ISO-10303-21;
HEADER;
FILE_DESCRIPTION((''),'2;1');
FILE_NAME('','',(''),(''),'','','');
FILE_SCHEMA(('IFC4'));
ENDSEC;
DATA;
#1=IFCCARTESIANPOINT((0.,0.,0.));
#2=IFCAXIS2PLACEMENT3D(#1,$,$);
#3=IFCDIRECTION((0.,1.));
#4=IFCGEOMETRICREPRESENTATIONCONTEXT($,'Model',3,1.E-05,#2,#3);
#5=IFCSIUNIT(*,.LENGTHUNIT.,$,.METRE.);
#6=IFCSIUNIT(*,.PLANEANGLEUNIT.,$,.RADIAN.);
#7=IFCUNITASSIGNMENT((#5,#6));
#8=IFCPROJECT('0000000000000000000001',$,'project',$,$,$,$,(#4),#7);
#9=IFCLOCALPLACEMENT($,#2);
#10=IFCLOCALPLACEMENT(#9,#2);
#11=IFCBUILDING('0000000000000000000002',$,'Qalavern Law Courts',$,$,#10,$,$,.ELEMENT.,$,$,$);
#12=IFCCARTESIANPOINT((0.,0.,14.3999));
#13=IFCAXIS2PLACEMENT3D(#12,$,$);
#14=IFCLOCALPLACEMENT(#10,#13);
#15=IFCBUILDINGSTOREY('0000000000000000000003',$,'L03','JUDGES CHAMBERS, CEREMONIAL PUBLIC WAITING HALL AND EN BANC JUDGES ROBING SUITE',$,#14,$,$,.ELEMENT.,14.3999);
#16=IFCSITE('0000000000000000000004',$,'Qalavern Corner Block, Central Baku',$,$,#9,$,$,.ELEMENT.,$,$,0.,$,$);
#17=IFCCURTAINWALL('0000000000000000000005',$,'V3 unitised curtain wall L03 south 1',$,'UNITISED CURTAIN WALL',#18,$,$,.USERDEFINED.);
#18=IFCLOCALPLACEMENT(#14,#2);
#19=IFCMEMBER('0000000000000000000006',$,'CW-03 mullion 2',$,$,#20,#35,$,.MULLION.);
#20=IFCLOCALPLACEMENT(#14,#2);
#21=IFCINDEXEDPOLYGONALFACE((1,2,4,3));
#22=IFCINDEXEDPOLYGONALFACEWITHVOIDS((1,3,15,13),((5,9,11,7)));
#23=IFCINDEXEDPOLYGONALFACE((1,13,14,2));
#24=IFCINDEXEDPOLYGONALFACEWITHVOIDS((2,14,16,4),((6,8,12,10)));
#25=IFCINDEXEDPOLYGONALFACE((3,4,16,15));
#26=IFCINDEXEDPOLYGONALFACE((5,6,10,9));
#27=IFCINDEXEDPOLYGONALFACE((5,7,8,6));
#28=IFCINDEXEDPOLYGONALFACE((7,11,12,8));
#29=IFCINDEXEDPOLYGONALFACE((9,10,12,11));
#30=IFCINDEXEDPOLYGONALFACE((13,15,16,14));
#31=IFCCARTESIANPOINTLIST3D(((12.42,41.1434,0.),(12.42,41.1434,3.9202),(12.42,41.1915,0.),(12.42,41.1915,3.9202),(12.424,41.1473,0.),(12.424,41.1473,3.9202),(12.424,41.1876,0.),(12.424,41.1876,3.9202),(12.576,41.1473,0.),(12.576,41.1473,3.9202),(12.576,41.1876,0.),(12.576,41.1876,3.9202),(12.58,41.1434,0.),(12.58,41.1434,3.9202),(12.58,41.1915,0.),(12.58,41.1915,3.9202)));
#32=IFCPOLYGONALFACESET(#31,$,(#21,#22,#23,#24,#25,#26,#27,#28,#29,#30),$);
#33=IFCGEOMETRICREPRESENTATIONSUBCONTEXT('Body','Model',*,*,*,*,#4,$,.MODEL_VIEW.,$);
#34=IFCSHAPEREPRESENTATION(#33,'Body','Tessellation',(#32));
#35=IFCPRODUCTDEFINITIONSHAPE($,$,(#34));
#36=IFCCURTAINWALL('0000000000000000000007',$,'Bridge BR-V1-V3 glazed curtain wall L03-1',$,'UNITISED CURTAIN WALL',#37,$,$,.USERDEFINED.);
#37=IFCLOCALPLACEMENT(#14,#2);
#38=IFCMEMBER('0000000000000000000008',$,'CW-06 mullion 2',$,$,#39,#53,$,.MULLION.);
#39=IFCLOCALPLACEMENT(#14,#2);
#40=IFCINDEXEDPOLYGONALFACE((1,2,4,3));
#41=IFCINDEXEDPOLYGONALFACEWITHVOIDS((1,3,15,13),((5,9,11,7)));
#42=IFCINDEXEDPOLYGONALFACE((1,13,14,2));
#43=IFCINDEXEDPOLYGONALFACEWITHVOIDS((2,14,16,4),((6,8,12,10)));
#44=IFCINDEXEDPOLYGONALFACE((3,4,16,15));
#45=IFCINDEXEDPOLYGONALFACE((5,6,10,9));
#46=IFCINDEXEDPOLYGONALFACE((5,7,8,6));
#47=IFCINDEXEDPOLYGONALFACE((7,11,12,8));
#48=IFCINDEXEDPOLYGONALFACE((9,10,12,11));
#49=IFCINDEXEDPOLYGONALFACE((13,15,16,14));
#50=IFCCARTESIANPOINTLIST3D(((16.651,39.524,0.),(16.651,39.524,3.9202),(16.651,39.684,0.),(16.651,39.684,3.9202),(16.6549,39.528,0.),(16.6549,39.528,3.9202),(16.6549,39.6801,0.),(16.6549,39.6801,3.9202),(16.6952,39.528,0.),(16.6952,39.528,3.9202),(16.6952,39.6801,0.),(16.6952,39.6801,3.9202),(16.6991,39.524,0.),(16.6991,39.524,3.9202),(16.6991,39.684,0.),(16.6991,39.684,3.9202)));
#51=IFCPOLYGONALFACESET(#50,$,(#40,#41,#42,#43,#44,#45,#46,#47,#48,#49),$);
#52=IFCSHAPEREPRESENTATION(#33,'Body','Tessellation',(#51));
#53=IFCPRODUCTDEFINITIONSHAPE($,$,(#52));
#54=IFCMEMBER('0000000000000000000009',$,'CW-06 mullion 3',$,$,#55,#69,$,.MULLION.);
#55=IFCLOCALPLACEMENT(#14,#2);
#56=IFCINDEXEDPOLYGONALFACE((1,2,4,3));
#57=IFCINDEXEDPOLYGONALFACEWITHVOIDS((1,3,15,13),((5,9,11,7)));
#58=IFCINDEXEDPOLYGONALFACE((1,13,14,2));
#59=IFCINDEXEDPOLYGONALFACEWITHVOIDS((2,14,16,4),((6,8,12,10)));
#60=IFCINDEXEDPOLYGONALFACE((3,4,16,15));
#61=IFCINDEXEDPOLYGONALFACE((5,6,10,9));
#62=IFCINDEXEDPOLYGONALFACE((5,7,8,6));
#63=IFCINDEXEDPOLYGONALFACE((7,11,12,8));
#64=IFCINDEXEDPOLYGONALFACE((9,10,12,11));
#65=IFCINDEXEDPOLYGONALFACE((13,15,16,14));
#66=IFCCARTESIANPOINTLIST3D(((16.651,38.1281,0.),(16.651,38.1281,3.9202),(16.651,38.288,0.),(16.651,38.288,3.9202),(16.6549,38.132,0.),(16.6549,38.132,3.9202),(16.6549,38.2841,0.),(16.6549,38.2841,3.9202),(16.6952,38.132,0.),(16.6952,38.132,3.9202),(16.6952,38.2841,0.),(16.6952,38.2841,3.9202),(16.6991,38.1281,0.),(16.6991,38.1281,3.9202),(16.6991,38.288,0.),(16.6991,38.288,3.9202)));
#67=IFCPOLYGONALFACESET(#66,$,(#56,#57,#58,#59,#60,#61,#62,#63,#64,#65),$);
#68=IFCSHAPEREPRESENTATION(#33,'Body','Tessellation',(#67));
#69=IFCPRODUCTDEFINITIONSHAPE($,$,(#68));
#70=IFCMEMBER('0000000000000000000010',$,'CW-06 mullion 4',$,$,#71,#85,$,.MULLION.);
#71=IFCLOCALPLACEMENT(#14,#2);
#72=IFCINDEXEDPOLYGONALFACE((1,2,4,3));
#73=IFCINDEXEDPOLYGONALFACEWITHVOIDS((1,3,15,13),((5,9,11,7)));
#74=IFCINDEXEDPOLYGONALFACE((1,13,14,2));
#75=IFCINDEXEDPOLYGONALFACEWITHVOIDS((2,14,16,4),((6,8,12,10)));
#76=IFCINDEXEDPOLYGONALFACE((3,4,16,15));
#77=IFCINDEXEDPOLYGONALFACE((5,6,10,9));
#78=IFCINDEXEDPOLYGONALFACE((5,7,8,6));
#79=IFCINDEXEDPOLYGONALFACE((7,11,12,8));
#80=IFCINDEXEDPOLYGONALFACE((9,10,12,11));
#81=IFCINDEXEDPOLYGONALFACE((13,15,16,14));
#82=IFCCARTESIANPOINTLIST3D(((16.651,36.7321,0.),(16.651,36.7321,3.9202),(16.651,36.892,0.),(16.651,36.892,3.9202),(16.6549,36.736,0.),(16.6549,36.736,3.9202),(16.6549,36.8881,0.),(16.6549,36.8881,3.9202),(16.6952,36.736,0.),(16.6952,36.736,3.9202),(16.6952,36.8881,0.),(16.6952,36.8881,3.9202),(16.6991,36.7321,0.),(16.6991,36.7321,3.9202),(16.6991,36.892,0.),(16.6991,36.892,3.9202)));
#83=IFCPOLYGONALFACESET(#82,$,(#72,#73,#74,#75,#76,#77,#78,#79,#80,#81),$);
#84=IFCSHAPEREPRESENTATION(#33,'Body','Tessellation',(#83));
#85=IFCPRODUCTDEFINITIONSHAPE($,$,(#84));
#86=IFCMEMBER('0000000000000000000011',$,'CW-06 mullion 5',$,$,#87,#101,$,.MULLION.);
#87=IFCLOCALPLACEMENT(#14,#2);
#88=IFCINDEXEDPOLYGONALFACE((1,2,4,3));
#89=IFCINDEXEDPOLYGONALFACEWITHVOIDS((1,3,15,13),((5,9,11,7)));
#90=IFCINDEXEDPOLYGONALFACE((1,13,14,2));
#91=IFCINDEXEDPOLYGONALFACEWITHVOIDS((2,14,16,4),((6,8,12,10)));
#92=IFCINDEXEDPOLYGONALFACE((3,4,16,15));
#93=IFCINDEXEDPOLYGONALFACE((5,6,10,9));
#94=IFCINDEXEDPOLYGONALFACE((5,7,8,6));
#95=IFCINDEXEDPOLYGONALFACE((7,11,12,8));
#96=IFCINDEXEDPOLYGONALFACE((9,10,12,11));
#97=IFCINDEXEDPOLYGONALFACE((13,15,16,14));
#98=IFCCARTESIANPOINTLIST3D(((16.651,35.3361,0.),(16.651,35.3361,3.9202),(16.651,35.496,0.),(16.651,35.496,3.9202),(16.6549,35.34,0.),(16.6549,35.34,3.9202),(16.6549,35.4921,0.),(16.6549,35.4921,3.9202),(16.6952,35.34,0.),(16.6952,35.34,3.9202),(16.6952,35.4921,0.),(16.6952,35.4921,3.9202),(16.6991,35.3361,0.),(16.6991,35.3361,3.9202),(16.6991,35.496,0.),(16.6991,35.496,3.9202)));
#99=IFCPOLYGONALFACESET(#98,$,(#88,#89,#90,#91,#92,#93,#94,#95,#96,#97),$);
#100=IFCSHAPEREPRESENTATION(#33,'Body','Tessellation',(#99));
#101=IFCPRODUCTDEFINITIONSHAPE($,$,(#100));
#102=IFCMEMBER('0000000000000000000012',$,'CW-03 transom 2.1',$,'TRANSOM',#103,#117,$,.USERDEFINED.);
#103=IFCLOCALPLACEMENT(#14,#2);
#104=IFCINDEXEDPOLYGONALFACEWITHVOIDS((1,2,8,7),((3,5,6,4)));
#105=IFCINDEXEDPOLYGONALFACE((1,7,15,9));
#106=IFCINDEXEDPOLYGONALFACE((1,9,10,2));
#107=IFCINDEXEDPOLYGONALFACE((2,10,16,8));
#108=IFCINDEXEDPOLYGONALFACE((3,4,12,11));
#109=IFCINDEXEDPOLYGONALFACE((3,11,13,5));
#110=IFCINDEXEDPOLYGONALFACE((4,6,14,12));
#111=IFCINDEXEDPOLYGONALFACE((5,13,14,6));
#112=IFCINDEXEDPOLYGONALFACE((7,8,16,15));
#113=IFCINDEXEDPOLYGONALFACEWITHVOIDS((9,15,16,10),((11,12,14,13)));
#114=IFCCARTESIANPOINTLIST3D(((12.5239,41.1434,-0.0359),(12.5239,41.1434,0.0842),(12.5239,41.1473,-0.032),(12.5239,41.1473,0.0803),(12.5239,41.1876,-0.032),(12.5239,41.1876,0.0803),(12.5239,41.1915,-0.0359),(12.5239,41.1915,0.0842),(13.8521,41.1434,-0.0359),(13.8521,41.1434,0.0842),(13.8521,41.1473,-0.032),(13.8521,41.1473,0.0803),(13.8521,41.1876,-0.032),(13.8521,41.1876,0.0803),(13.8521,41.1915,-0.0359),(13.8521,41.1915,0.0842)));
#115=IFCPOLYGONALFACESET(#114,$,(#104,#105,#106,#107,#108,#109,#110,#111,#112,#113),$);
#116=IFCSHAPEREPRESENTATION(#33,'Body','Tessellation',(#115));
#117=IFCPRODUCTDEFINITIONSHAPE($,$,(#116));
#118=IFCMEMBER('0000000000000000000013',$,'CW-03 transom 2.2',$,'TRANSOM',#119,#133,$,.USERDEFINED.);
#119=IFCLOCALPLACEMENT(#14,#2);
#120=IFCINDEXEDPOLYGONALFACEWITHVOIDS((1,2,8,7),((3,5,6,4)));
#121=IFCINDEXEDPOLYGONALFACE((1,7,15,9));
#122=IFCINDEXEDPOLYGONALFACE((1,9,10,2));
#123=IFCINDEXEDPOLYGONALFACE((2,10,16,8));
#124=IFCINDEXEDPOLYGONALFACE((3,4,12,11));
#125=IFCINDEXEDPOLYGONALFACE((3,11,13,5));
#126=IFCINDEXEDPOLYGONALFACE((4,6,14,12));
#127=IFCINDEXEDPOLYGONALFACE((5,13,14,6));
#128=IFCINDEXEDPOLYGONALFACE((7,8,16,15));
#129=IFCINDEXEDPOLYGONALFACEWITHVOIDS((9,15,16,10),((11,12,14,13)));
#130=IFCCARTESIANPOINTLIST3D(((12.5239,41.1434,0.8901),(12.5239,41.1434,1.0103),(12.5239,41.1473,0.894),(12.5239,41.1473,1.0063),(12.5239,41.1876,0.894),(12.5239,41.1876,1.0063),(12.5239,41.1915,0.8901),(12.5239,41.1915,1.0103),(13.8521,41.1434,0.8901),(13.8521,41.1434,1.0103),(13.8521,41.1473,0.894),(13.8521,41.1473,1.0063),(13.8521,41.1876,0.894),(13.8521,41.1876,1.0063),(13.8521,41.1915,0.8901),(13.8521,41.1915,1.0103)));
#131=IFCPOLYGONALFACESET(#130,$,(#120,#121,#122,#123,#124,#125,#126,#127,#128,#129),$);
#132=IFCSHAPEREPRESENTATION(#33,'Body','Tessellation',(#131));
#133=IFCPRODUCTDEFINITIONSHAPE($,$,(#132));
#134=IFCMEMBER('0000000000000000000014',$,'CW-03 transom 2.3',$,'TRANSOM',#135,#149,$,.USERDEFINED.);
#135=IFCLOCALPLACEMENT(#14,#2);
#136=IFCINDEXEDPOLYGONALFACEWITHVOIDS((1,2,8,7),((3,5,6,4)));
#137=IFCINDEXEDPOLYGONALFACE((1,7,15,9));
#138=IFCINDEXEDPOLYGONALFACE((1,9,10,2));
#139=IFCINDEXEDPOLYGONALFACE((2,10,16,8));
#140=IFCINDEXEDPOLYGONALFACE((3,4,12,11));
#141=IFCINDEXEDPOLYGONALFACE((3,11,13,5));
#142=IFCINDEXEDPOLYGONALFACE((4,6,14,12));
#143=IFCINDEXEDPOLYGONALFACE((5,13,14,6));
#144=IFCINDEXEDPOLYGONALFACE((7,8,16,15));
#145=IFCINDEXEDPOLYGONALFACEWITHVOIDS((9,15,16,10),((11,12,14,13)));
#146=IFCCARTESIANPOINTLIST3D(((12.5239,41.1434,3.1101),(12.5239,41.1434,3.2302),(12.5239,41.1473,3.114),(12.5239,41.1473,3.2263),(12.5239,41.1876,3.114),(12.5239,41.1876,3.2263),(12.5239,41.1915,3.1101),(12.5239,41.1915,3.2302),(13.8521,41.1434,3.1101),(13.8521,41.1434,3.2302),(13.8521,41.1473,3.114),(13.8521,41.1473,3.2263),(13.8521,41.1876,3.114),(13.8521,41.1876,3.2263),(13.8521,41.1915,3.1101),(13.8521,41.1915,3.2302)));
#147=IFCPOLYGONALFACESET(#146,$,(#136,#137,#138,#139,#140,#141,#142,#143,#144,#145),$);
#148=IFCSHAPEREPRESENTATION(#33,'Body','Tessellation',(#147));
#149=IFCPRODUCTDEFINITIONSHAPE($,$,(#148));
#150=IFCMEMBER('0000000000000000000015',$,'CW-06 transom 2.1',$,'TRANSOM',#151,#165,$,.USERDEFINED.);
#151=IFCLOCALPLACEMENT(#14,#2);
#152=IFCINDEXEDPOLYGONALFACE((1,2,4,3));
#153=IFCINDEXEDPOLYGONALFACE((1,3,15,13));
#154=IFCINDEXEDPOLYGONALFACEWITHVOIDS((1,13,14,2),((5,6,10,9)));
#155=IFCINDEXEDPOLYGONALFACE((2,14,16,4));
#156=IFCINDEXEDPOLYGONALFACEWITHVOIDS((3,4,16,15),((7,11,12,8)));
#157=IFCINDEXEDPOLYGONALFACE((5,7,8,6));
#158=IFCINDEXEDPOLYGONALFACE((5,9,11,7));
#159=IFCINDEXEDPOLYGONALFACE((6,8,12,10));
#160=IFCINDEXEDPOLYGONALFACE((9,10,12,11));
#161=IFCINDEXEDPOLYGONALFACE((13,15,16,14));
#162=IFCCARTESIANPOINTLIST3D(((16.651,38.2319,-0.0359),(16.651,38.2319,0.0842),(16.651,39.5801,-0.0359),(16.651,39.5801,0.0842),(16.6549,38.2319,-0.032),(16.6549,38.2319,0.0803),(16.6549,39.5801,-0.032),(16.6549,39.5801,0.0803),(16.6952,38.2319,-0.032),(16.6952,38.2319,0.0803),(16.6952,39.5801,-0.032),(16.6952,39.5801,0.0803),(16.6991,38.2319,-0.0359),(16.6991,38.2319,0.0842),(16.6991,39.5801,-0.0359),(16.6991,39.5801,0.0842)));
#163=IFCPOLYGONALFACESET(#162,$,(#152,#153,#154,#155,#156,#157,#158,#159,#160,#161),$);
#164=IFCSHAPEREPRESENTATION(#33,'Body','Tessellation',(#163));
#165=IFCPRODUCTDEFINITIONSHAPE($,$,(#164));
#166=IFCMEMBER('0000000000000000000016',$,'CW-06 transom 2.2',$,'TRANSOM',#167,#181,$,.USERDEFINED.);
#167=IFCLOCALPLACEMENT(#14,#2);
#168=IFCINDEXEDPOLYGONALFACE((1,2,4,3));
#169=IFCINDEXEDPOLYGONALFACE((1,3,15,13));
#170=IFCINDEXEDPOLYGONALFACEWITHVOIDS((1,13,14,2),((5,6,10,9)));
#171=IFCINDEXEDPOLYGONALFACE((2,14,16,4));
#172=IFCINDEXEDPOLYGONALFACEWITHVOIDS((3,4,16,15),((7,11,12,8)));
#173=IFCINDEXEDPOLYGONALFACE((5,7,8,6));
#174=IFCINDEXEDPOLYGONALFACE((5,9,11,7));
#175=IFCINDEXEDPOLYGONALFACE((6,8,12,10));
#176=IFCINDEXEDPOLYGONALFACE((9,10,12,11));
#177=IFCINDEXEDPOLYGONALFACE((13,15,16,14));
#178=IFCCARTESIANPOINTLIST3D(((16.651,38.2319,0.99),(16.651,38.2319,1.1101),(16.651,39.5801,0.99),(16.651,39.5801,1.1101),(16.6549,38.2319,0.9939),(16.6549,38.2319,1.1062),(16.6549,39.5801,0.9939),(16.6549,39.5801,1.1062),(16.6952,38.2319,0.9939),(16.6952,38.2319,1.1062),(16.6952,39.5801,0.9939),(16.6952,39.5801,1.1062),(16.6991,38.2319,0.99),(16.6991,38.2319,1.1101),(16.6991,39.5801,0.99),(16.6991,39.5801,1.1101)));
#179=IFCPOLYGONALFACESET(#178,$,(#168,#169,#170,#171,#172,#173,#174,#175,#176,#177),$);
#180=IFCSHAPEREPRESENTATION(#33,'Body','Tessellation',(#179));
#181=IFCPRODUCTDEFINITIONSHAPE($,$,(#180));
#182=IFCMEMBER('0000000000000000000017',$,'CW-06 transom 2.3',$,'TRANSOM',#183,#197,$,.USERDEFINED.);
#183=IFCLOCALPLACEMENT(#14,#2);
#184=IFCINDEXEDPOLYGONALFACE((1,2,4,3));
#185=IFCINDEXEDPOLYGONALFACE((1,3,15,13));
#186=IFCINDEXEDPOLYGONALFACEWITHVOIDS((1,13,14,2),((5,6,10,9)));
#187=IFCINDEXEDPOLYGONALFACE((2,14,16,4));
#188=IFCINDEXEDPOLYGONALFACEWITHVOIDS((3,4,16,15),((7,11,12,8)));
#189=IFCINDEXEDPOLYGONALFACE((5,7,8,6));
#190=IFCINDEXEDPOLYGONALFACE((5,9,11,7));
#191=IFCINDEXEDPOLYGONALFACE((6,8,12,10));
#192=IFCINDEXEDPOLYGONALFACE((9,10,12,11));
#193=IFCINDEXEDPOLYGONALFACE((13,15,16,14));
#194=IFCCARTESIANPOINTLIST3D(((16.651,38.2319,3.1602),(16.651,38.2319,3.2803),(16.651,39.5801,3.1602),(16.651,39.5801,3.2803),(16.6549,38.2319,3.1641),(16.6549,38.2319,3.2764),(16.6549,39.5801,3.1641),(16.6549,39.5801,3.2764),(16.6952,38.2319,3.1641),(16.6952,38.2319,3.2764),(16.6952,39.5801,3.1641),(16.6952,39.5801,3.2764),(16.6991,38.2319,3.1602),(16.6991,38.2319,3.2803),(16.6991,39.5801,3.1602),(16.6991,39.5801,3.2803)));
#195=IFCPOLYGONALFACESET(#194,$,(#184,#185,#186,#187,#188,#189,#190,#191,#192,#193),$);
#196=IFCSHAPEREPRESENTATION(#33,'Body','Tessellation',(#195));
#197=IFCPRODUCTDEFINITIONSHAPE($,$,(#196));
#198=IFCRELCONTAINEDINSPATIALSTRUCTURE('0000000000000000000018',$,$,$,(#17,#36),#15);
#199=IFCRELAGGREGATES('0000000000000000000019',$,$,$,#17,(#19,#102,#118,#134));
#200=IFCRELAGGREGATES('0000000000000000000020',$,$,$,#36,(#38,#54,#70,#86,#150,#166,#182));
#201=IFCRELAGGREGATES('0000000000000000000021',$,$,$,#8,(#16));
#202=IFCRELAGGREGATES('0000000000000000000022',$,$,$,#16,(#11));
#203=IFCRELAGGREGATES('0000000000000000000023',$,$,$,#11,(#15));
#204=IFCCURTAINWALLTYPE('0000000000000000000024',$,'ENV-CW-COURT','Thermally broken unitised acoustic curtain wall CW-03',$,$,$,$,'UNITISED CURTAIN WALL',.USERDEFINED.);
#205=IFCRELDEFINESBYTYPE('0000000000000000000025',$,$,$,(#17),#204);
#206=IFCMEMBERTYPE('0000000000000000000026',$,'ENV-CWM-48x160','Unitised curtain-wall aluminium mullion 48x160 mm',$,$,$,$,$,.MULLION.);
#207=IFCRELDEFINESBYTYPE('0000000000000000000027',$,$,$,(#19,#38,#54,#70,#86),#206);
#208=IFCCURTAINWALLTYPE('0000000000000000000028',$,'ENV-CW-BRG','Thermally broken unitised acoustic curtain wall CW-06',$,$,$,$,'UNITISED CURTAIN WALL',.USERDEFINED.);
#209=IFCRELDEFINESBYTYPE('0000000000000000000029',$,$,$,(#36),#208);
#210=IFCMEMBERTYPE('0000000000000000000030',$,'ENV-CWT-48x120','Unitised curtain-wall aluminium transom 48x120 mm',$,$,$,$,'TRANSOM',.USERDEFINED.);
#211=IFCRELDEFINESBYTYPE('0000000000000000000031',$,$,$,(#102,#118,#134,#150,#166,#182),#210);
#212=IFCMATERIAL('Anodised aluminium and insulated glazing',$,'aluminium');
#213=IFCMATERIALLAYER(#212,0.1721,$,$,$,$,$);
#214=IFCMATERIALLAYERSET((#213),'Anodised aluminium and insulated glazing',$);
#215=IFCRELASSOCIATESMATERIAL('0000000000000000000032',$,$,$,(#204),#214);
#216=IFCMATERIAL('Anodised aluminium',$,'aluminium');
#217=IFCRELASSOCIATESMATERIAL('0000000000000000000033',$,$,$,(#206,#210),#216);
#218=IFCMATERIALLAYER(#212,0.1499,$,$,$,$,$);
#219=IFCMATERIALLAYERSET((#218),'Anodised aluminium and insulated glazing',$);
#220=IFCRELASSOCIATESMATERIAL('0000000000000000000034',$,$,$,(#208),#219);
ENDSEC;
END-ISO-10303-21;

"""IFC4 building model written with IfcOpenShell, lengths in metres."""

from ifc_helpers import new_model, si_unit, direction, frame, origin, origin_2d, place, context, subcontext, project, spatial, hollow_rectangle, extrude, material, layer, layer_set, material_profile, profile_set, type_object, element, aggregate, save


model = new_model("IFC4")

# Units and contexts
model_context = context("Model", 3, precision=1e-05, world=origin(), true_north=direction((0.0, 1.0)))
body_context = subcontext(model_context, "Body", "Model", "MODEL_VIEW")
ifc_project = project(units=[si_unit("LENGTHUNIT", "METRE"), si_unit("PLANEANGLEUNIT", "RADIAN")], contexts=[model_context])

# Site, building, storey
site_placement = place(None, origin())
site = spatial("IfcSite", under=ifc_project, at=site_placement, Name="Qalavern Corner Block, Central Baku", CompositionType="ELEMENT", RefElevation=0.0)
building_placement = place(site_placement, origin())
building = spatial("IfcBuilding", under=site, at=building_placement, Name="Qalavern Law Courts", CompositionType="ELEMENT")
storey_placement = place(building_placement, frame((0.0, 0.0, 14.3999)))
storey = spatial("IfcBuildingStorey", under=building, at=storey_placement, Name="L03", Description="JUDGES CHAMBERS, CEREMONIAL PUBLIC WAITING HALL AND EN BANC JUDGES ROBING SUITE", CompositionType="ELEMENT", Elevation=14.3999)

# Curtain wall, member
ifc_material_1 = material(Name="Anodised aluminium and insulated glazing", Category="aluminium")
ifc_layer_1 = layer(ifc_material_1, 0.1721)
ifc_layer_set_1 = layer_set([ifc_layer_1], Name="Anodised aluminium and insulated glazing")
curtain_wall_type_1 = type_object("IfcCurtainWallType", Name="ENV-CW-COURT", Description="Thermally broken unitised acoustic curtain wall CW-03", ElementType="UNITISED CURTAIN WALL", PredefinedType="USERDEFINED", material=ifc_layer_set_1)
curtain_wall_1_placement = place(storey_placement, origin())
curtain_wall_1 = element("IfcCurtainWall", 1, at=curtain_wall_1_placement, inside=storey, type_object=curtain_wall_type_1, Name="V3 unitised curtain wall L03 south 1", ObjectType="UNITISED CURTAIN WALL", PredefinedType="USERDEFINED")
ifc_material_2 = material(Name="Anodised aluminium", Category="aluminium")
ifc_material_profile_1 = material_profile(ifc_material_2, hollow_rectangle(XDim=0.0481, YDim=0.1599, WallThickness=0.0039, at=origin_2d()), Name="ALU MULLION 48x160")
ifc_profile_set_1 = profile_set([ifc_material_profile_1], Name="Anodised aluminium")
member_type_1 = type_object("IfcMemberType", Name="ENV-CWM-48x160", Description="Unitised curtain-wall aluminium mullion 48x160 mm", PredefinedType="MULLION", material=ifc_profile_set_1)
member_1_placement = place(storey_placement, frame((12.5, 41.1675, 0.0), z_axis=(0.0, 0.0, 1.0), x_axis=(0.0, 1.0, 0.0)))
member_1 = element("IfcMember", 2, at=member_1_placement, type_object=member_type_1, Name="CW-03 mullion 2", PredefinedType="MULLION", context=body_context, shape_type="SweptSolid", body=[
    extrude(hollow_rectangle(XDim=0.0481, YDim=0.1599, WallThickness=0.0039, at=origin_2d()), origin(), (0.0, 0.0, 1.0), 3.9202),
])

# Curtain wall, members
ifc_layer_2 = layer(ifc_material_1, 0.1499)
ifc_layer_set_2 = layer_set([ifc_layer_2], Name="Anodised aluminium and insulated glazing")
curtain_wall_type_2 = type_object("IfcCurtainWallType", Name="ENV-CW-BRG", Description="Thermally broken unitised acoustic curtain wall CW-06", ElementType="UNITISED CURTAIN WALL", PredefinedType="USERDEFINED", material=ifc_layer_set_2)
curtain_wall_2_placement = place(storey_placement, origin())
curtain_wall_2 = element("IfcCurtainWall", 3, at=curtain_wall_2_placement, inside=storey, type_object=curtain_wall_type_2, Name="Bridge BR-V1-V3 glazed curtain wall L03-1", ObjectType="UNITISED CURTAIN WALL", PredefinedType="USERDEFINED")
member_2_placement = place(storey_placement, frame((16.675, 39.604, 0.0), z_axis=(0.0, 0.0, 1.0), x_axis=(1.0, 0.0, 0.0)))
member_2 = element("IfcMember", 4, at=member_2_placement, type_object=member_type_1, Name="CW-06 mullion 2", PredefinedType="MULLION", context=body_context, shape_type="SweptSolid", body=[
    extrude(hollow_rectangle(XDim=0.0481, YDim=0.1599, WallThickness=0.0039, at=origin_2d()), origin(), (0.0, 0.0, 1.0), 3.9202),
])
member_3_placement = place(storey_placement, frame((16.675, 38.208, 0.0), z_axis=(0.0, 0.0, 1.0), x_axis=(1.0, 0.0, 0.0)))
member_3 = element("IfcMember", 5, at=member_3_placement, type_object=member_type_1, Name="CW-06 mullion 3", PredefinedType="MULLION", context=body_context, shape_type="SweptSolid", body=[
    extrude(hollow_rectangle(XDim=0.0481, YDim=0.1599, WallThickness=0.0039, at=origin_2d()), origin(), (0.0, 0.0, 1.0), 3.9202),
])
member_4_placement = place(storey_placement, frame((16.675, 36.812, 0.0), z_axis=(0.0, 0.0, 1.0), x_axis=(1.0, 0.0, 0.0)))
member_4 = element("IfcMember", 6, at=member_4_placement, type_object=member_type_1, Name="CW-06 mullion 4", PredefinedType="MULLION", context=body_context, shape_type="SweptSolid", body=[
    extrude(hollow_rectangle(XDim=0.0481, YDim=0.1599, WallThickness=0.0039, at=origin_2d()), origin(), (0.0, 0.0, 1.0), 3.9202),
])
member_5_placement = place(storey_placement, frame((16.675, 35.416, 0.0), z_axis=(0.0, 0.0, 1.0), x_axis=(1.0, 0.0, 0.0)))
member_5 = element("IfcMember", 7, at=member_5_placement, type_object=member_type_1, Name="CW-06 mullion 5", PredefinedType="MULLION", context=body_context, shape_type="SweptSolid", body=[
    extrude(hollow_rectangle(XDim=0.0481, YDim=0.1599, WallThickness=0.0039, at=origin_2d()), origin(), (0.0, 0.0, 1.0), 3.9202),
])

# Members
ifc_material_profile_2 = material_profile(ifc_material_2, hollow_rectangle(XDim=0.0481, YDim=0.1201, WallThickness=0.0039, at=origin_2d()), Name="ALU TRANSOM 48x120")
ifc_profile_set_2 = profile_set([ifc_material_profile_2], Name="Anodised aluminium")
member_type_2 = type_object("IfcMemberType", Name="ENV-CWT-48x120", Description="Unitised curtain-wall aluminium transom 48x120 mm", ElementType="TRANSOM", PredefinedType="USERDEFINED", material=ifc_profile_set_2)
member_6_placement = place(storey_placement, frame((12.5239, 41.1675, 0.0242), z_axis=(1.0, 0.0, 0.0), x_axis=(0.0, 1.0, 0.0)))
member_6 = element("IfcMember", 8, at=member_6_placement, type_object=member_type_2, Name="CW-03 transom 2.1", ObjectType="TRANSOM", PredefinedType="USERDEFINED", context=body_context, shape_type="SweptSolid", body=[
    extrude(hollow_rectangle(XDim=0.0481, YDim=0.1201, WallThickness=0.0039, at=origin_2d()), origin(), (0.0, 0.0, 1.0), 1.3281),
])
member_7_placement = place(storey_placement, frame((12.5239, 41.1675, 0.9502), z_axis=(1.0, 0.0, 0.0), x_axis=(0.0, 1.0, 0.0)))
member_7 = element("IfcMember", 9, at=member_7_placement, type_object=member_type_2, Name="CW-03 transom 2.2", ObjectType="TRANSOM", PredefinedType="USERDEFINED", context=body_context, shape_type="SweptSolid", body=[
    extrude(hollow_rectangle(XDim=0.0481, YDim=0.1201, WallThickness=0.0039, at=origin_2d()), origin(), (0.0, 0.0, 1.0), 1.3281),
])
member_8_placement = place(storey_placement, frame((12.5239, 41.1675, 3.1702), z_axis=(1.0, 0.0, 0.0), x_axis=(0.0, 1.0, 0.0)))
member_8 = element("IfcMember", 10, at=member_8_placement, type_object=member_type_2, Name="CW-03 transom 2.3", ObjectType="TRANSOM", PredefinedType="USERDEFINED", context=body_context, shape_type="SweptSolid", body=[
    extrude(hollow_rectangle(XDim=0.0481, YDim=0.1201, WallThickness=0.0039, at=origin_2d()), origin(), (0.0, 0.0, 1.0), 1.3281),
])
aggregate(curtain_wall_1, [member_1, member_6, member_7, member_8])
member_9_placement = place(storey_placement, frame((16.675, 39.5801, 0.0242), z_axis=(0.0, -1.0, 0.0), x_axis=(1.0, 0.0, 0.0)))
member_9 = element("IfcMember", 11, at=member_9_placement, type_object=member_type_2, Name="CW-06 transom 2.1", ObjectType="TRANSOM", PredefinedType="USERDEFINED", context=body_context, shape_type="SweptSolid", body=[
    extrude(hollow_rectangle(XDim=0.0481, YDim=0.1201, WallThickness=0.0039, at=origin_2d()), origin(), (0.0, 0.0, 1.0), 1.3481),
])
member_10_placement = place(storey_placement, frame((16.675, 39.5801, 1.05), z_axis=(0.0, -1.0, 0.0), x_axis=(1.0, 0.0, 0.0)))
member_10 = element("IfcMember", 12, at=member_10_placement, type_object=member_type_2, Name="CW-06 transom 2.2", ObjectType="TRANSOM", PredefinedType="USERDEFINED", context=body_context, shape_type="SweptSolid", body=[
    extrude(hollow_rectangle(XDim=0.0481, YDim=0.1201, WallThickness=0.0039, at=origin_2d()), origin(), (0.0, 0.0, 1.0), 1.3481),
])
member_11_placement = place(storey_placement, frame((16.675, 39.5801, 3.2202), z_axis=(0.0, -1.0, 0.0), x_axis=(1.0, 0.0, 0.0)))
member_11 = element("IfcMember", 13, at=member_11_placement, type_object=member_type_2, Name="CW-06 transom 2.3", ObjectType="TRANSOM", PredefinedType="USERDEFINED", context=body_context, shape_type="SweptSolid", body=[
    extrude(hollow_rectangle(XDim=0.0481, YDim=0.1201, WallThickness=0.0039, at=origin_2d()), origin(), (0.0, 0.0, 1.0), 1.3481),
])

aggregate(curtain_wall_2, [member_2, member_3, member_4, member_5, member_9, member_10, member_11])

save(model, "model.ifc")
